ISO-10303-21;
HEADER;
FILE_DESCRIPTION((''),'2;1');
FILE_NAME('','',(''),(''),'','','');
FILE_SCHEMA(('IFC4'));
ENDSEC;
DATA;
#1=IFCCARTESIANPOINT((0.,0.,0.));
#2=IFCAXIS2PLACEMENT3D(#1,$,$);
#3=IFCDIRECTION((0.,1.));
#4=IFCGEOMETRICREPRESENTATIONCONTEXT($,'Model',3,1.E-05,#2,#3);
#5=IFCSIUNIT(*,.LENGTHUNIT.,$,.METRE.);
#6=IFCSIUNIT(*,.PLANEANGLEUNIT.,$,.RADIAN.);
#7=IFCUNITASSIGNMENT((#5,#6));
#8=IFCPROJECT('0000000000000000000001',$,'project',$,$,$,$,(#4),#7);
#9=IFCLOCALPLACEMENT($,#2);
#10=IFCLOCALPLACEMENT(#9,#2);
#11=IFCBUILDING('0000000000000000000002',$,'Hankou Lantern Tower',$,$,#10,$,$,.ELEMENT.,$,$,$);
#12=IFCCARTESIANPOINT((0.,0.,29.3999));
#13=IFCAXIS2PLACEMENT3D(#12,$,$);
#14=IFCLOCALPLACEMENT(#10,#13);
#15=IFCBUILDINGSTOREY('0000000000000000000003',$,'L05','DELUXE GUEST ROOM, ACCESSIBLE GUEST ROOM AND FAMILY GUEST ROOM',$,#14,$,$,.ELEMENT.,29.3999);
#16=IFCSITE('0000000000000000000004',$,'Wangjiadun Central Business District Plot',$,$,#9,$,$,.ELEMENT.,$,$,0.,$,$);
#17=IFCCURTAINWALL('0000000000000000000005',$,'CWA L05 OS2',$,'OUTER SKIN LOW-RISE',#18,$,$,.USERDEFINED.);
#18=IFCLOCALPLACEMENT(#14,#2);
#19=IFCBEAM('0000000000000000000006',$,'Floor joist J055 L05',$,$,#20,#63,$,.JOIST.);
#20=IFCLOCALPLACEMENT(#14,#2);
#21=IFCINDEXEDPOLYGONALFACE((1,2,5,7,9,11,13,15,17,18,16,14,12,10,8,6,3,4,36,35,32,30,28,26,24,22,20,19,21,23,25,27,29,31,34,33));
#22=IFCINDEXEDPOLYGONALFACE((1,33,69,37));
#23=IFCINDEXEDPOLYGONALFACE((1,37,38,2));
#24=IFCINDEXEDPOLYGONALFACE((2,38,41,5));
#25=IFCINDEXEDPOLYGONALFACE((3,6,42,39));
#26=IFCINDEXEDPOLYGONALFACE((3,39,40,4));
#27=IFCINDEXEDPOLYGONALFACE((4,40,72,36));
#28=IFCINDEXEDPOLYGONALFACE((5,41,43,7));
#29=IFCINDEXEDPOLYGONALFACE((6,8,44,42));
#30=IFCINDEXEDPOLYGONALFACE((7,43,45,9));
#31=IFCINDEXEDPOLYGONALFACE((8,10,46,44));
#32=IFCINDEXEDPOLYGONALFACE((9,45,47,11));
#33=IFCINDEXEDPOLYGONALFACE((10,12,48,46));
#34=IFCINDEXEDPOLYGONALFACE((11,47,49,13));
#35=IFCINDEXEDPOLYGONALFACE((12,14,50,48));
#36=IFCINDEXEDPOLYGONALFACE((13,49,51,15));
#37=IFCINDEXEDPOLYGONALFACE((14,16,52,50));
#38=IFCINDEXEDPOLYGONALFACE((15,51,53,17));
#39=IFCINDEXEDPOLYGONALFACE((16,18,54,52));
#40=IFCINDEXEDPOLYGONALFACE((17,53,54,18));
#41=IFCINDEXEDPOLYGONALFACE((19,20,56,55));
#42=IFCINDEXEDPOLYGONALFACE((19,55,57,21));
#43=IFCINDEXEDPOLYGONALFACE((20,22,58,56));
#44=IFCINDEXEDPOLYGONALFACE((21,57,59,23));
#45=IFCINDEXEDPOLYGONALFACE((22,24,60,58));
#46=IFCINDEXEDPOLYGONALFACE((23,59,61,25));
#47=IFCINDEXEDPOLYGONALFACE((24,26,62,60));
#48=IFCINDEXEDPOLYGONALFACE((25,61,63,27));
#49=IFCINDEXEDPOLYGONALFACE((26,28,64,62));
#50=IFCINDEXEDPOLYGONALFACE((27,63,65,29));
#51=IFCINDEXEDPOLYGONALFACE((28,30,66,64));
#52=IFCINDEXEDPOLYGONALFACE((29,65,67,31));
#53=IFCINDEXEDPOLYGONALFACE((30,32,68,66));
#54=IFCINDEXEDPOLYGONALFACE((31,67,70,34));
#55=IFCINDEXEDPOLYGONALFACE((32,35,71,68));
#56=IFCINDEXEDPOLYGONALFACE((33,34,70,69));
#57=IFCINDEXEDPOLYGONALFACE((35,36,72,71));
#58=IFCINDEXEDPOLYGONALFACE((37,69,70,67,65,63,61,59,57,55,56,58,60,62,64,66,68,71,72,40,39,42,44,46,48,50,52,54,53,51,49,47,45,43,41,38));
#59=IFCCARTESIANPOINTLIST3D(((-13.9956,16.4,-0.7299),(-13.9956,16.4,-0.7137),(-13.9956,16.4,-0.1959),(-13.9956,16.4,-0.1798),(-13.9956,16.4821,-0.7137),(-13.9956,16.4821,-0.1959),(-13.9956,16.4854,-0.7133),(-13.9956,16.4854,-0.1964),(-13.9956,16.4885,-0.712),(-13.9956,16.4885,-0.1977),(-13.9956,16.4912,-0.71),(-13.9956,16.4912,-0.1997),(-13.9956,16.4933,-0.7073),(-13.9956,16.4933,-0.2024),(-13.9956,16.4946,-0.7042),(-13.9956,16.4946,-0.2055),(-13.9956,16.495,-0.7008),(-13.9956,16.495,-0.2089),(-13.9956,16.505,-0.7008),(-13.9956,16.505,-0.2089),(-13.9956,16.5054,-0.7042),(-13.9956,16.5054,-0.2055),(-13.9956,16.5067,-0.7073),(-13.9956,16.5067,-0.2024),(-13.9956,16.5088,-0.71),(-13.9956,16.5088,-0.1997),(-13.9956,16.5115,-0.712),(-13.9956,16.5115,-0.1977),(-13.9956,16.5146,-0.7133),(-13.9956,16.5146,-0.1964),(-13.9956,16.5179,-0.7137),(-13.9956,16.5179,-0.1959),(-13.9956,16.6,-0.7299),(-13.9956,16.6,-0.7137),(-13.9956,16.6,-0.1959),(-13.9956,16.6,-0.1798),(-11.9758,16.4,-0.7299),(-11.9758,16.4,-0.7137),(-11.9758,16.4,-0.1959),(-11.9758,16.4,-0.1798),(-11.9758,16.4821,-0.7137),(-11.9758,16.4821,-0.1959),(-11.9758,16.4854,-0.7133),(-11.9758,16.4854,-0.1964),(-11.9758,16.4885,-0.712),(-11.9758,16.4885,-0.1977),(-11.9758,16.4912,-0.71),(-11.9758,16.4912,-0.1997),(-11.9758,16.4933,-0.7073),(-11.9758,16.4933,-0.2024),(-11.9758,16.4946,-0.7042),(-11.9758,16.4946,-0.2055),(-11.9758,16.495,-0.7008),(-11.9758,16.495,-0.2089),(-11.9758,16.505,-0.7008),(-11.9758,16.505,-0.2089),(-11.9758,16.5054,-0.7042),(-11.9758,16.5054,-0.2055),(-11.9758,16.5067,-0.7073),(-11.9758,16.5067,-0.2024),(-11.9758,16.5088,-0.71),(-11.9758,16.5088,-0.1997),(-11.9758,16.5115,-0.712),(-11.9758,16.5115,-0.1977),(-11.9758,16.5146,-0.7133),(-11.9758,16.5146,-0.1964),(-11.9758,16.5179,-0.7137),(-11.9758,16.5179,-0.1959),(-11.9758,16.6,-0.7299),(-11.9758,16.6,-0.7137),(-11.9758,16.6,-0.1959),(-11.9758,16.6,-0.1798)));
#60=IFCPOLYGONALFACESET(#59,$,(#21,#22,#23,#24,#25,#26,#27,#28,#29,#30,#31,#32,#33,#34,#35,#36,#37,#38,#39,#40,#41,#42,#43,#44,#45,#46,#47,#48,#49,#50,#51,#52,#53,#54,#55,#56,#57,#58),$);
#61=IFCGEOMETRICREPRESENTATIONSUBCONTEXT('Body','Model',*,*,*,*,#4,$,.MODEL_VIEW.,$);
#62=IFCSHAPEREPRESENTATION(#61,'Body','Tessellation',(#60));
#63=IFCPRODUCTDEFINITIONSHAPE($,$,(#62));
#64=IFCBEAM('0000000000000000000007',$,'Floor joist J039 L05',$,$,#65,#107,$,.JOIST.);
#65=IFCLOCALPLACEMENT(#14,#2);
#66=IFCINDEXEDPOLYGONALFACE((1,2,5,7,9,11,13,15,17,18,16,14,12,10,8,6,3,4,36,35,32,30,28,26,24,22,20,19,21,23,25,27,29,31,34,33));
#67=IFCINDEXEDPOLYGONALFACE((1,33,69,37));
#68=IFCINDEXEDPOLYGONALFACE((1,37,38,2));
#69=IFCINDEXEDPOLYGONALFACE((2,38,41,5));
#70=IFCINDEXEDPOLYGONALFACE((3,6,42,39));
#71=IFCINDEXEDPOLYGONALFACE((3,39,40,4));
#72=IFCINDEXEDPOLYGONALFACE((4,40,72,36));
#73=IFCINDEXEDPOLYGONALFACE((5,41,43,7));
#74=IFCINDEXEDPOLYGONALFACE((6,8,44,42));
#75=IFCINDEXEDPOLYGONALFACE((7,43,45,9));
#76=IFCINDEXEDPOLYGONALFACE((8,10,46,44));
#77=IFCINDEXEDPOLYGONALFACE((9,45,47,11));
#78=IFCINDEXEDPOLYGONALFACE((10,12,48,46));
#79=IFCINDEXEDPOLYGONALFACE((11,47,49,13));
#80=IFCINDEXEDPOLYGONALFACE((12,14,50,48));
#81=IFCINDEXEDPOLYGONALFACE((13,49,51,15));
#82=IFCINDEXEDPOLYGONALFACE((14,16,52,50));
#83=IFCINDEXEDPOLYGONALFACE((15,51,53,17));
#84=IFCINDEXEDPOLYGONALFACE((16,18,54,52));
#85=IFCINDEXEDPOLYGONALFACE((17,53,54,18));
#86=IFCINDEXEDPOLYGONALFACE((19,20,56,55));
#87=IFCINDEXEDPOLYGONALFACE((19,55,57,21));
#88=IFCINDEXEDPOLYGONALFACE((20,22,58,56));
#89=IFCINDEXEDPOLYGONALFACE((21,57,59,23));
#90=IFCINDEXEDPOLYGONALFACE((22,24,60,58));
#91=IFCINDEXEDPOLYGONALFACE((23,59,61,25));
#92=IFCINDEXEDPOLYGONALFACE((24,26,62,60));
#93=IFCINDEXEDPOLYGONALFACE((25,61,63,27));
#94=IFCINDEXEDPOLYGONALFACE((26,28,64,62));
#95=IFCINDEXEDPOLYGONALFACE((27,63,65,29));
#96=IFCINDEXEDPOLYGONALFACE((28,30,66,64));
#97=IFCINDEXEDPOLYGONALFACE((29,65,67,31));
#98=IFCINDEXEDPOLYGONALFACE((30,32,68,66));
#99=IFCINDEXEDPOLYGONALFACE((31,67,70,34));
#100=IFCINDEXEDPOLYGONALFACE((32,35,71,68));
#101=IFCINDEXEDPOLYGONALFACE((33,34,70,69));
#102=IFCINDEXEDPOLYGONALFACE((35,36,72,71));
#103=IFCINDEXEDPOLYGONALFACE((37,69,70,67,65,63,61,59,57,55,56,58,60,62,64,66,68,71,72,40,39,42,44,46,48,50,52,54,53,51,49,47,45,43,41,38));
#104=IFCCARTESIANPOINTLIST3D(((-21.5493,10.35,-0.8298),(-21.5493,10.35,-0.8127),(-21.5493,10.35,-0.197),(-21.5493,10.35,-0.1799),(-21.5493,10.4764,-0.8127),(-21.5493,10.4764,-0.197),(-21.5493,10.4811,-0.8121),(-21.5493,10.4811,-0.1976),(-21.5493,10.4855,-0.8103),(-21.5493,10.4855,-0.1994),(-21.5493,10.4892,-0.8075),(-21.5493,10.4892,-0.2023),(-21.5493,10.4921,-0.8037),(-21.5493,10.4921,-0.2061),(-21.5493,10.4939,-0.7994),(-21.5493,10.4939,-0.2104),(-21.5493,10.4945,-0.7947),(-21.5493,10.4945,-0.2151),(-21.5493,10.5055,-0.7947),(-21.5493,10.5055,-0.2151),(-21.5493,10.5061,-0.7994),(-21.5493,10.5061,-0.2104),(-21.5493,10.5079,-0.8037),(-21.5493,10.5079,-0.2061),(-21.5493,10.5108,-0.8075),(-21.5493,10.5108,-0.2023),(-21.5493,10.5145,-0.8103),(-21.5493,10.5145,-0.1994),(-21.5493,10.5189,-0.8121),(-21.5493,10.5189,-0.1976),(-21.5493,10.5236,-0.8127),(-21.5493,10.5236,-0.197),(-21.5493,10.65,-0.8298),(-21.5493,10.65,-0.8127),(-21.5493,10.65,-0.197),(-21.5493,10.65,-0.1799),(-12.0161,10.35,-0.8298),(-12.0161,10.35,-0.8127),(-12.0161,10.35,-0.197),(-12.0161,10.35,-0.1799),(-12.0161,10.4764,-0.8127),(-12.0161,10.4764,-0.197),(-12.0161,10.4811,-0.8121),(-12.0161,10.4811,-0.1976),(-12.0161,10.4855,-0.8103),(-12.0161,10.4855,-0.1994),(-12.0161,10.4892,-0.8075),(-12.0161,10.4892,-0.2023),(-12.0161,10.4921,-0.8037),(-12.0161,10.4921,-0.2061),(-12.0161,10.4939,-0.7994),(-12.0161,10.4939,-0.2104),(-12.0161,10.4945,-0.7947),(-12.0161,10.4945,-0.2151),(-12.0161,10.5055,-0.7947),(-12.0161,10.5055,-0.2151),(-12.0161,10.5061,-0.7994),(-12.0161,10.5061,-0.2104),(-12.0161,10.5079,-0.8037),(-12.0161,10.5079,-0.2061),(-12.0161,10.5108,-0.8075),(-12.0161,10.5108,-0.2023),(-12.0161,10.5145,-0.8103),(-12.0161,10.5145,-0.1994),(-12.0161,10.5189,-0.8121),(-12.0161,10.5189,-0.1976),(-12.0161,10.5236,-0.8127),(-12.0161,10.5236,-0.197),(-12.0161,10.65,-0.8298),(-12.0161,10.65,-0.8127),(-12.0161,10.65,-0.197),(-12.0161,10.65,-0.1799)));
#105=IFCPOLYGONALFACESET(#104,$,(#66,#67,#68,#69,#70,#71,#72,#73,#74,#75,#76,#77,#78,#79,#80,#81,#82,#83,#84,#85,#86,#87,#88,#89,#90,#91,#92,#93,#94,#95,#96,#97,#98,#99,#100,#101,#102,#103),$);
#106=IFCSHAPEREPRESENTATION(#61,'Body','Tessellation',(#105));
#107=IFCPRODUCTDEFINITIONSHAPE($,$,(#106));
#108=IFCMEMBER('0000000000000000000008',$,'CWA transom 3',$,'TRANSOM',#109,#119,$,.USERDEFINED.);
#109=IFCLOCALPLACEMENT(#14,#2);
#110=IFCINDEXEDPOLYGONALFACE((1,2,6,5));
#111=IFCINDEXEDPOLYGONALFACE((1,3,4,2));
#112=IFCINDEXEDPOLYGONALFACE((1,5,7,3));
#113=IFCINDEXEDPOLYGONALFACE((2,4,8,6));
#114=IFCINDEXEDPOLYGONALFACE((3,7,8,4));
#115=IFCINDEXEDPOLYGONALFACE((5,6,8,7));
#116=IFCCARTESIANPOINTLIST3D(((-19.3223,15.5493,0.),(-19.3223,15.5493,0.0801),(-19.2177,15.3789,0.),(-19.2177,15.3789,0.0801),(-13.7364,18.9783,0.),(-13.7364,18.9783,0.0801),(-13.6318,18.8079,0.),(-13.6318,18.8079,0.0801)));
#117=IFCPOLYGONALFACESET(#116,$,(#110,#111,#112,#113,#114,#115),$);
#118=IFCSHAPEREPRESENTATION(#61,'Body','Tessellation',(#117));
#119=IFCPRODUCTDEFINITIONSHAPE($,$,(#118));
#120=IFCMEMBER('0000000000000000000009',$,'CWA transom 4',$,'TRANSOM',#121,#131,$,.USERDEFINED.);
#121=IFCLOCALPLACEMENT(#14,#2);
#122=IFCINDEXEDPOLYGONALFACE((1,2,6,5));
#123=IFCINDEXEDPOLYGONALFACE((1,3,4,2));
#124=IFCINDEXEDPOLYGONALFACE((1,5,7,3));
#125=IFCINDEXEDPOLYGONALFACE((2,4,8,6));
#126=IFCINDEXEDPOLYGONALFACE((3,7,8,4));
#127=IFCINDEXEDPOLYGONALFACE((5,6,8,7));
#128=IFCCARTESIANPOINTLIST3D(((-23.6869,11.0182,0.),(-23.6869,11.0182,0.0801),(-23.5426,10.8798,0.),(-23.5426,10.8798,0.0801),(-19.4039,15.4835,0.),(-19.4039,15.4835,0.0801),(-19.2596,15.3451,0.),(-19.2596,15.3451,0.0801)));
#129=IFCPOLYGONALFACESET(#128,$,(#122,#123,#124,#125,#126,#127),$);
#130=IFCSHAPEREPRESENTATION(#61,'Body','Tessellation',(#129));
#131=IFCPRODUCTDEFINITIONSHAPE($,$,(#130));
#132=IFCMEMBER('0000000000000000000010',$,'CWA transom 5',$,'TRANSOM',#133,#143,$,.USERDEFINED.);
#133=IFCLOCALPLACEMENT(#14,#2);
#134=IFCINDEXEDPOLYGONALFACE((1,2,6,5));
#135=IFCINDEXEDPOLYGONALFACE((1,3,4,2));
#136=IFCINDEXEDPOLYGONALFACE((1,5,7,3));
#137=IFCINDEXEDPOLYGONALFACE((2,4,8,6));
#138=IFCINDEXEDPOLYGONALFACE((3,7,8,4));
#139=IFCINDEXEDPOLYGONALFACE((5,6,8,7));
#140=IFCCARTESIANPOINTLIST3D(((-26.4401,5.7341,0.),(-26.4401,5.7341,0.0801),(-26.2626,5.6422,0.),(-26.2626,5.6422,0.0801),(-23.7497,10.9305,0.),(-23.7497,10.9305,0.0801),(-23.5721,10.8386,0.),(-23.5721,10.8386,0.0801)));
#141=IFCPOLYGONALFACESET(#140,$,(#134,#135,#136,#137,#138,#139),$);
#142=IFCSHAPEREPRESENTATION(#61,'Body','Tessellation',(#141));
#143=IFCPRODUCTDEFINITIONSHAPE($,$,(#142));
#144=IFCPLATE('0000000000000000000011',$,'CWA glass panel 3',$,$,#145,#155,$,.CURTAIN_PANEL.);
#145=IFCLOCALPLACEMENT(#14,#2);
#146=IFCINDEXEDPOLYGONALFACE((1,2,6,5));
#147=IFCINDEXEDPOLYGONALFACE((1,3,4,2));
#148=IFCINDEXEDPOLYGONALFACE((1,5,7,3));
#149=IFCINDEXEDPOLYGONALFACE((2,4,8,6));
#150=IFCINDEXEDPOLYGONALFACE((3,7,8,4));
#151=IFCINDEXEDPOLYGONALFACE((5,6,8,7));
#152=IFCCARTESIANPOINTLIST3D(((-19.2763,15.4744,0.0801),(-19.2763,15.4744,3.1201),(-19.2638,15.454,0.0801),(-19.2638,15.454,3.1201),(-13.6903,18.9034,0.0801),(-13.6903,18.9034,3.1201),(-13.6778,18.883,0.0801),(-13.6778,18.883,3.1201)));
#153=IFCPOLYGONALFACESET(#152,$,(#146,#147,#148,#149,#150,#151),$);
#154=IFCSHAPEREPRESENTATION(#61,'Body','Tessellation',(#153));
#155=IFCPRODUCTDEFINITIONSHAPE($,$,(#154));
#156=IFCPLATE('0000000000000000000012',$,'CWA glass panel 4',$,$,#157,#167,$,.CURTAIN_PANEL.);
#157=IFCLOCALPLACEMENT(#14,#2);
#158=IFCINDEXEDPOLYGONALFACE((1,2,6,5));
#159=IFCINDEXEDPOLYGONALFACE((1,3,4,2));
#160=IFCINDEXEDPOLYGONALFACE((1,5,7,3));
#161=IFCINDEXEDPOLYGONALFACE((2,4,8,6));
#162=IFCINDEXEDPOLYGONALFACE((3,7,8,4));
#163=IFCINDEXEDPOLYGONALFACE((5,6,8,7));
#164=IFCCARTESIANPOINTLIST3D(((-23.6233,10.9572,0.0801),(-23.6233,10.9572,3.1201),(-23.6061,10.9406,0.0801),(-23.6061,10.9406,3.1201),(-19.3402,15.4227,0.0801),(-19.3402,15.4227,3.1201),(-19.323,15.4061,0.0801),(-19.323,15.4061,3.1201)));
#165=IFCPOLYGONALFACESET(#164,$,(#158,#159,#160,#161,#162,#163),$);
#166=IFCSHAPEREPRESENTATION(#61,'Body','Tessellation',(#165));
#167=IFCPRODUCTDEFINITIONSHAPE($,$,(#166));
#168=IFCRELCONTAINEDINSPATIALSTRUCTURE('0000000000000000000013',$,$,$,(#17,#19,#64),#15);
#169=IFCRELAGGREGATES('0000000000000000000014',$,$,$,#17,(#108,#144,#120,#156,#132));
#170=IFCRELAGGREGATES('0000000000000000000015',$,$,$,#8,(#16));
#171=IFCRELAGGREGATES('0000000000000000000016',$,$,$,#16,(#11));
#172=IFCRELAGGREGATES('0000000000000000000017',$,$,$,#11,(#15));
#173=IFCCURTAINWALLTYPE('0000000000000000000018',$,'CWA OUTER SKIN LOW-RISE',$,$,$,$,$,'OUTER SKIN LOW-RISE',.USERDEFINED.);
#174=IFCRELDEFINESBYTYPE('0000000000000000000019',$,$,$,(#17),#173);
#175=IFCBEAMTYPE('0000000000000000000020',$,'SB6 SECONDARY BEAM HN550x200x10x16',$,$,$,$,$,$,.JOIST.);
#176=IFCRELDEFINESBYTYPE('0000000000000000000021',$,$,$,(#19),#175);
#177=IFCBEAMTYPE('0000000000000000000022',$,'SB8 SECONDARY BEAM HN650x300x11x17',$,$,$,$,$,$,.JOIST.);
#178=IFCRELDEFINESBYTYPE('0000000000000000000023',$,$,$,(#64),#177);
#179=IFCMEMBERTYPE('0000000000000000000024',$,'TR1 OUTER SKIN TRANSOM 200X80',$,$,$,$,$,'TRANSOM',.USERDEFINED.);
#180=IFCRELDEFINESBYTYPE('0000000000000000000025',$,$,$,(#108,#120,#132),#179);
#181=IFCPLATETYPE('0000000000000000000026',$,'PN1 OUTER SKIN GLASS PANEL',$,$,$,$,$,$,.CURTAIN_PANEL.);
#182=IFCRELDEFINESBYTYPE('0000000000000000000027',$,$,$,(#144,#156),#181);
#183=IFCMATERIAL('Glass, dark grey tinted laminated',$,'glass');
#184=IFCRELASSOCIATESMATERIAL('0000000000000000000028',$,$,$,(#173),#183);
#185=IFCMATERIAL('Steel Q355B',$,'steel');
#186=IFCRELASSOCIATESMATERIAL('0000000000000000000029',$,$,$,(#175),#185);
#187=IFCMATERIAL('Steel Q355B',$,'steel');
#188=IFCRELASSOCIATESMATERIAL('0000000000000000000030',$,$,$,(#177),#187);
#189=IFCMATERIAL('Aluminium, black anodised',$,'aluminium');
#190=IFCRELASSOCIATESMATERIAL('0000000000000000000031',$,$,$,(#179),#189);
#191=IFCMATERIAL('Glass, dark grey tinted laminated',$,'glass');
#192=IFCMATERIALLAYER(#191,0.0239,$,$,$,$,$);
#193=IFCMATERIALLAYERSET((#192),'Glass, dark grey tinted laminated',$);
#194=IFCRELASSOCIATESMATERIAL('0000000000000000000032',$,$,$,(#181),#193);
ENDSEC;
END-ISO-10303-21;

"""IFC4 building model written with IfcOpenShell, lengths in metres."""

from ifc_helpers import new_model, si_unit, direction, frame, origin, origin_2d, place, context, subcontext, project, spatial, rectangle, i_section, extrude, material, layer, layer_set, material_profile, profile_set, type_object, element, aggregate, save


model = new_model("IFC4")

# Units and contexts
model_context = context("Model", 3, precision=1e-05, world=origin(), true_north=direction((0.0, 1.0)))
body_context = subcontext(model_context, "Body", "Model", "MODEL_VIEW")
ifc_project = project(units=[si_unit("LENGTHUNIT", "METRE"), si_unit("PLANEANGLEUNIT", "RADIAN")], contexts=[model_context])

# Site, building, storey
site_placement = place(None, origin())
site = spatial("IfcSite", under=ifc_project, at=site_placement, Name="Wangjiadun Central Business District Plot", CompositionType="ELEMENT", RefElevation=0.0)
building_placement = place(site_placement, origin())
building = spatial("IfcBuilding", under=site, at=building_placement, Name="Hankou Lantern Tower", CompositionType="ELEMENT")
storey_placement = place(building_placement, frame((0.0, 0.0, 29.3999)))
storey = spatial("IfcBuildingStorey", under=building, at=storey_placement, Name="L05", Description="DELUXE GUEST ROOM, ACCESSIBLE GUEST ROOM AND FAMILY GUEST ROOM", CompositionType="ELEMENT", Elevation=29.3999)

# Curtain wall
ifc_material_1 = material(Name="Glass, dark grey tinted laminated", Category="glass")
curtain_wall_type = type_object("IfcCurtainWallType", Name="CWA OUTER SKIN LOW-RISE", ElementType="OUTER SKIN LOW-RISE", PredefinedType="USERDEFINED", material=ifc_material_1)
curtain_wall_placement = place(storey_placement, origin())
curtain_wall = element("IfcCurtainWall", 1, at=curtain_wall_placement, inside=storey, type_object=curtain_wall_type, Name="CWA L05 OS2", ObjectType="OUTER SKIN LOW-RISE", PredefinedType="USERDEFINED")

# Beams
ifc_material_2 = material(Name="Steel Q355B", Category="steel")
ifc_material_profile_1 = material_profile(ifc_material_2, i_section(OverallWidth=0.2, OverallDepth=0.55, WebThickness=0.01, FlangeThickness=0.0161, FilletRadius=0.0129, at=origin_2d()), Name="HN550x200x10x16")
ifc_profile_set_1 = profile_set([ifc_material_profile_1], Name="Steel Q355B")
beam_type_1 = type_object("IfcBeamType", Name="SB6 SECONDARY BEAM HN550x200x10x16", PredefinedType="JOIST", material=ifc_profile_set_1)
beam_1_placement = place(storey_placement, frame((-13.9956, 16.5, -0.4548), z_axis=(1.0, 0.0, 0.0), x_axis=(0.0, 1.0, 0.0)))
element("IfcBeam", 2, at=beam_1_placement, inside=storey, type_object=beam_type_1, Name="Floor joist J055 L05", PredefinedType="JOIST", context=body_context, shape_type="SweptSolid", body=[
    extrude(i_section(OverallWidth=0.2, OverallDepth=0.55, WebThickness=0.01, FlangeThickness=0.0161, FilletRadius=0.0129, at=origin_2d()), origin(), (0.0, 0.0, 1.0), 2.0198),
])
ifc_material_3 = material(Name="Steel Q355B", Category="steel")
ifc_material_profile_2 = material_profile(ifc_material_3, i_section(OverallWidth=0.3, OverallDepth=0.6499, WebThickness=0.011, FlangeThickness=0.0171, FilletRadius=0.0181, at=origin_2d()), Name="HN650x300x11x17")
ifc_profile_set_2 = profile_set([ifc_material_profile_2], Name="Steel Q355B")
beam_type_2 = type_object("IfcBeamType", Name="SB8 SECONDARY BEAM HN650x300x11x17", PredefinedType="JOIST", material=ifc_profile_set_2)
beam_2_placement = place(storey_placement, frame((-21.5493, 10.5, -0.5049), z_axis=(1.0, 0.0, 0.0), x_axis=(0.0, 1.0, 0.0)))
element("IfcBeam", 3, at=beam_2_placement, inside=storey, type_object=beam_type_2, Name="Floor joist J039 L05", PredefinedType="JOIST", context=body_context, shape_type="SweptSolid", body=[
    extrude(i_section(OverallWidth=0.3, OverallDepth=0.6499, WebThickness=0.011, FlangeThickness=0.0171, FilletRadius=0.0181, at=origin_2d()), origin(), (0.0, 0.0, 1.0), 9.5332),
])

# Members
ifc_material_4 = material(Name="Aluminium, black anodised", Category="aluminium")
ifc_material_profile_3 = material_profile(ifc_material_4, rectangle(XDim=0.2, YDim=0.0801, at=origin_2d()), Name="TR1 200X80")
ifc_profile_set_3 = profile_set([ifc_material_profile_3], Name="Aluminium, black anodised")
member_type_1 = type_object("IfcMemberType", Name="TR1 OUTER SKIN TRANSOM 200X80", ElementType="TRANSOM", PredefinedType="USERDEFINED", material=ifc_profile_set_3)
member_1_placement = place(storey_placement, frame((-13.6841, 18.8931, 0.04), z_axis=(-0.85224, -0.523152, 0.0), x_axis=(0.523152, -0.85224, 0.0)))
member_1 = element("IfcMember", 4, at=member_1_placement, type_object=member_type_1, Name="CWA transom 3", ObjectType="TRANSOM", PredefinedType="USERDEFINED", context=body_context, shape_type="SweptSolid", body=[
    extrude(rectangle(XDim=0.2, YDim=0.0801, at=origin_2d()), origin(), (0.0, 0.0, 1.0), 6.5544),
])
member_2_placement = place(storey_placement, frame((-19.3318, 15.4143, 0.04), z_axis=(-0.692216, -0.721691, 0.0), x_axis=(0.721691, -0.692216, 0.0)))
member_2 = element("IfcMember", 5, at=member_2_placement, type_object=member_type_1, Name="CWA transom 4", ObjectType="TRANSOM", PredefinedType="USERDEFINED", context=body_context, shape_type="SweptSolid", body=[
    extrude(rectangle(XDim=0.2, YDim=0.0801, at=origin_2d()), origin(), (0.0, 0.0, 1.0), 6.1873),
])
member_3_placement = place(storey_placement, frame((-23.6609, 10.8845, 0.04), z_axis=(-0.459786, -0.88803, 0.0), x_axis=(0.88803, -0.459786, 0.0)))
member_3 = element("IfcMember", 6, at=member_3_placement, type_object=member_type_1, Name="CWA transom 5", ObjectType="TRANSOM", PredefinedType="USERDEFINED", context=body_context, shape_type="SweptSolid", body=[
    extrude(rectangle(XDim=0.2, YDim=0.0801, at=origin_2d()), origin(), (0.0, 0.0, 1.0), 5.8516),
])

# Plates
ifc_material_5 = material(Name="Glass, dark grey tinted laminated", Category="glass")
ifc_layer_1 = layer(ifc_material_5, 0.0239)
ifc_layer_set_1 = layer_set([ifc_layer_1], Name="Glass, dark grey tinted laminated")
plate_type = type_object("IfcPlateType", Name="PN1 OUTER SKIN GLASS PANEL", PredefinedType="CURTAIN_PANEL", material=ifc_layer_set_1)
plate_1_placement = place(storey_placement, frame((-16.4771, 17.1787, 0.0801), z_axis=(0.0, 0.0, 1.0), x_axis=(-0.852237, -0.523156, 0.0)))
plate_1 = element("IfcPlate", 7, at=plate_1_placement, type_object=plate_type, Name="CWA glass panel 3", PredefinedType="CURTAIN_PANEL", context=body_context, shape_type="SweptSolid", body=[
    extrude(rectangle(XDim=6.5544, YDim=0.0239, at=origin_2d()), origin(), (0.0, 0.0, 1.0), 3.04),
])
plate_2_placement = place(storey_placement, frame((-21.4731, 13.1816, 0.0801), z_axis=(0.0, 0.0, 1.0), x_axis=(-0.692216, -0.721691, 0.0)))
plate_2 = element("IfcPlate", 8, at=plate_2_placement, type_object=plate_type, Name="CWA glass panel 4", PredefinedType="CURTAIN_PANEL", context=body_context, shape_type="SweptSolid", body=[
    extrude(rectangle(XDim=6.1875, YDim=0.0239, at=origin_2d()), origin(), (0.0, 0.0, 1.0), 3.04),
])
aggregate(curtain_wall, [member_1, plate_1, member_2, plate_2, member_3])

save(model, "model.ifc")
